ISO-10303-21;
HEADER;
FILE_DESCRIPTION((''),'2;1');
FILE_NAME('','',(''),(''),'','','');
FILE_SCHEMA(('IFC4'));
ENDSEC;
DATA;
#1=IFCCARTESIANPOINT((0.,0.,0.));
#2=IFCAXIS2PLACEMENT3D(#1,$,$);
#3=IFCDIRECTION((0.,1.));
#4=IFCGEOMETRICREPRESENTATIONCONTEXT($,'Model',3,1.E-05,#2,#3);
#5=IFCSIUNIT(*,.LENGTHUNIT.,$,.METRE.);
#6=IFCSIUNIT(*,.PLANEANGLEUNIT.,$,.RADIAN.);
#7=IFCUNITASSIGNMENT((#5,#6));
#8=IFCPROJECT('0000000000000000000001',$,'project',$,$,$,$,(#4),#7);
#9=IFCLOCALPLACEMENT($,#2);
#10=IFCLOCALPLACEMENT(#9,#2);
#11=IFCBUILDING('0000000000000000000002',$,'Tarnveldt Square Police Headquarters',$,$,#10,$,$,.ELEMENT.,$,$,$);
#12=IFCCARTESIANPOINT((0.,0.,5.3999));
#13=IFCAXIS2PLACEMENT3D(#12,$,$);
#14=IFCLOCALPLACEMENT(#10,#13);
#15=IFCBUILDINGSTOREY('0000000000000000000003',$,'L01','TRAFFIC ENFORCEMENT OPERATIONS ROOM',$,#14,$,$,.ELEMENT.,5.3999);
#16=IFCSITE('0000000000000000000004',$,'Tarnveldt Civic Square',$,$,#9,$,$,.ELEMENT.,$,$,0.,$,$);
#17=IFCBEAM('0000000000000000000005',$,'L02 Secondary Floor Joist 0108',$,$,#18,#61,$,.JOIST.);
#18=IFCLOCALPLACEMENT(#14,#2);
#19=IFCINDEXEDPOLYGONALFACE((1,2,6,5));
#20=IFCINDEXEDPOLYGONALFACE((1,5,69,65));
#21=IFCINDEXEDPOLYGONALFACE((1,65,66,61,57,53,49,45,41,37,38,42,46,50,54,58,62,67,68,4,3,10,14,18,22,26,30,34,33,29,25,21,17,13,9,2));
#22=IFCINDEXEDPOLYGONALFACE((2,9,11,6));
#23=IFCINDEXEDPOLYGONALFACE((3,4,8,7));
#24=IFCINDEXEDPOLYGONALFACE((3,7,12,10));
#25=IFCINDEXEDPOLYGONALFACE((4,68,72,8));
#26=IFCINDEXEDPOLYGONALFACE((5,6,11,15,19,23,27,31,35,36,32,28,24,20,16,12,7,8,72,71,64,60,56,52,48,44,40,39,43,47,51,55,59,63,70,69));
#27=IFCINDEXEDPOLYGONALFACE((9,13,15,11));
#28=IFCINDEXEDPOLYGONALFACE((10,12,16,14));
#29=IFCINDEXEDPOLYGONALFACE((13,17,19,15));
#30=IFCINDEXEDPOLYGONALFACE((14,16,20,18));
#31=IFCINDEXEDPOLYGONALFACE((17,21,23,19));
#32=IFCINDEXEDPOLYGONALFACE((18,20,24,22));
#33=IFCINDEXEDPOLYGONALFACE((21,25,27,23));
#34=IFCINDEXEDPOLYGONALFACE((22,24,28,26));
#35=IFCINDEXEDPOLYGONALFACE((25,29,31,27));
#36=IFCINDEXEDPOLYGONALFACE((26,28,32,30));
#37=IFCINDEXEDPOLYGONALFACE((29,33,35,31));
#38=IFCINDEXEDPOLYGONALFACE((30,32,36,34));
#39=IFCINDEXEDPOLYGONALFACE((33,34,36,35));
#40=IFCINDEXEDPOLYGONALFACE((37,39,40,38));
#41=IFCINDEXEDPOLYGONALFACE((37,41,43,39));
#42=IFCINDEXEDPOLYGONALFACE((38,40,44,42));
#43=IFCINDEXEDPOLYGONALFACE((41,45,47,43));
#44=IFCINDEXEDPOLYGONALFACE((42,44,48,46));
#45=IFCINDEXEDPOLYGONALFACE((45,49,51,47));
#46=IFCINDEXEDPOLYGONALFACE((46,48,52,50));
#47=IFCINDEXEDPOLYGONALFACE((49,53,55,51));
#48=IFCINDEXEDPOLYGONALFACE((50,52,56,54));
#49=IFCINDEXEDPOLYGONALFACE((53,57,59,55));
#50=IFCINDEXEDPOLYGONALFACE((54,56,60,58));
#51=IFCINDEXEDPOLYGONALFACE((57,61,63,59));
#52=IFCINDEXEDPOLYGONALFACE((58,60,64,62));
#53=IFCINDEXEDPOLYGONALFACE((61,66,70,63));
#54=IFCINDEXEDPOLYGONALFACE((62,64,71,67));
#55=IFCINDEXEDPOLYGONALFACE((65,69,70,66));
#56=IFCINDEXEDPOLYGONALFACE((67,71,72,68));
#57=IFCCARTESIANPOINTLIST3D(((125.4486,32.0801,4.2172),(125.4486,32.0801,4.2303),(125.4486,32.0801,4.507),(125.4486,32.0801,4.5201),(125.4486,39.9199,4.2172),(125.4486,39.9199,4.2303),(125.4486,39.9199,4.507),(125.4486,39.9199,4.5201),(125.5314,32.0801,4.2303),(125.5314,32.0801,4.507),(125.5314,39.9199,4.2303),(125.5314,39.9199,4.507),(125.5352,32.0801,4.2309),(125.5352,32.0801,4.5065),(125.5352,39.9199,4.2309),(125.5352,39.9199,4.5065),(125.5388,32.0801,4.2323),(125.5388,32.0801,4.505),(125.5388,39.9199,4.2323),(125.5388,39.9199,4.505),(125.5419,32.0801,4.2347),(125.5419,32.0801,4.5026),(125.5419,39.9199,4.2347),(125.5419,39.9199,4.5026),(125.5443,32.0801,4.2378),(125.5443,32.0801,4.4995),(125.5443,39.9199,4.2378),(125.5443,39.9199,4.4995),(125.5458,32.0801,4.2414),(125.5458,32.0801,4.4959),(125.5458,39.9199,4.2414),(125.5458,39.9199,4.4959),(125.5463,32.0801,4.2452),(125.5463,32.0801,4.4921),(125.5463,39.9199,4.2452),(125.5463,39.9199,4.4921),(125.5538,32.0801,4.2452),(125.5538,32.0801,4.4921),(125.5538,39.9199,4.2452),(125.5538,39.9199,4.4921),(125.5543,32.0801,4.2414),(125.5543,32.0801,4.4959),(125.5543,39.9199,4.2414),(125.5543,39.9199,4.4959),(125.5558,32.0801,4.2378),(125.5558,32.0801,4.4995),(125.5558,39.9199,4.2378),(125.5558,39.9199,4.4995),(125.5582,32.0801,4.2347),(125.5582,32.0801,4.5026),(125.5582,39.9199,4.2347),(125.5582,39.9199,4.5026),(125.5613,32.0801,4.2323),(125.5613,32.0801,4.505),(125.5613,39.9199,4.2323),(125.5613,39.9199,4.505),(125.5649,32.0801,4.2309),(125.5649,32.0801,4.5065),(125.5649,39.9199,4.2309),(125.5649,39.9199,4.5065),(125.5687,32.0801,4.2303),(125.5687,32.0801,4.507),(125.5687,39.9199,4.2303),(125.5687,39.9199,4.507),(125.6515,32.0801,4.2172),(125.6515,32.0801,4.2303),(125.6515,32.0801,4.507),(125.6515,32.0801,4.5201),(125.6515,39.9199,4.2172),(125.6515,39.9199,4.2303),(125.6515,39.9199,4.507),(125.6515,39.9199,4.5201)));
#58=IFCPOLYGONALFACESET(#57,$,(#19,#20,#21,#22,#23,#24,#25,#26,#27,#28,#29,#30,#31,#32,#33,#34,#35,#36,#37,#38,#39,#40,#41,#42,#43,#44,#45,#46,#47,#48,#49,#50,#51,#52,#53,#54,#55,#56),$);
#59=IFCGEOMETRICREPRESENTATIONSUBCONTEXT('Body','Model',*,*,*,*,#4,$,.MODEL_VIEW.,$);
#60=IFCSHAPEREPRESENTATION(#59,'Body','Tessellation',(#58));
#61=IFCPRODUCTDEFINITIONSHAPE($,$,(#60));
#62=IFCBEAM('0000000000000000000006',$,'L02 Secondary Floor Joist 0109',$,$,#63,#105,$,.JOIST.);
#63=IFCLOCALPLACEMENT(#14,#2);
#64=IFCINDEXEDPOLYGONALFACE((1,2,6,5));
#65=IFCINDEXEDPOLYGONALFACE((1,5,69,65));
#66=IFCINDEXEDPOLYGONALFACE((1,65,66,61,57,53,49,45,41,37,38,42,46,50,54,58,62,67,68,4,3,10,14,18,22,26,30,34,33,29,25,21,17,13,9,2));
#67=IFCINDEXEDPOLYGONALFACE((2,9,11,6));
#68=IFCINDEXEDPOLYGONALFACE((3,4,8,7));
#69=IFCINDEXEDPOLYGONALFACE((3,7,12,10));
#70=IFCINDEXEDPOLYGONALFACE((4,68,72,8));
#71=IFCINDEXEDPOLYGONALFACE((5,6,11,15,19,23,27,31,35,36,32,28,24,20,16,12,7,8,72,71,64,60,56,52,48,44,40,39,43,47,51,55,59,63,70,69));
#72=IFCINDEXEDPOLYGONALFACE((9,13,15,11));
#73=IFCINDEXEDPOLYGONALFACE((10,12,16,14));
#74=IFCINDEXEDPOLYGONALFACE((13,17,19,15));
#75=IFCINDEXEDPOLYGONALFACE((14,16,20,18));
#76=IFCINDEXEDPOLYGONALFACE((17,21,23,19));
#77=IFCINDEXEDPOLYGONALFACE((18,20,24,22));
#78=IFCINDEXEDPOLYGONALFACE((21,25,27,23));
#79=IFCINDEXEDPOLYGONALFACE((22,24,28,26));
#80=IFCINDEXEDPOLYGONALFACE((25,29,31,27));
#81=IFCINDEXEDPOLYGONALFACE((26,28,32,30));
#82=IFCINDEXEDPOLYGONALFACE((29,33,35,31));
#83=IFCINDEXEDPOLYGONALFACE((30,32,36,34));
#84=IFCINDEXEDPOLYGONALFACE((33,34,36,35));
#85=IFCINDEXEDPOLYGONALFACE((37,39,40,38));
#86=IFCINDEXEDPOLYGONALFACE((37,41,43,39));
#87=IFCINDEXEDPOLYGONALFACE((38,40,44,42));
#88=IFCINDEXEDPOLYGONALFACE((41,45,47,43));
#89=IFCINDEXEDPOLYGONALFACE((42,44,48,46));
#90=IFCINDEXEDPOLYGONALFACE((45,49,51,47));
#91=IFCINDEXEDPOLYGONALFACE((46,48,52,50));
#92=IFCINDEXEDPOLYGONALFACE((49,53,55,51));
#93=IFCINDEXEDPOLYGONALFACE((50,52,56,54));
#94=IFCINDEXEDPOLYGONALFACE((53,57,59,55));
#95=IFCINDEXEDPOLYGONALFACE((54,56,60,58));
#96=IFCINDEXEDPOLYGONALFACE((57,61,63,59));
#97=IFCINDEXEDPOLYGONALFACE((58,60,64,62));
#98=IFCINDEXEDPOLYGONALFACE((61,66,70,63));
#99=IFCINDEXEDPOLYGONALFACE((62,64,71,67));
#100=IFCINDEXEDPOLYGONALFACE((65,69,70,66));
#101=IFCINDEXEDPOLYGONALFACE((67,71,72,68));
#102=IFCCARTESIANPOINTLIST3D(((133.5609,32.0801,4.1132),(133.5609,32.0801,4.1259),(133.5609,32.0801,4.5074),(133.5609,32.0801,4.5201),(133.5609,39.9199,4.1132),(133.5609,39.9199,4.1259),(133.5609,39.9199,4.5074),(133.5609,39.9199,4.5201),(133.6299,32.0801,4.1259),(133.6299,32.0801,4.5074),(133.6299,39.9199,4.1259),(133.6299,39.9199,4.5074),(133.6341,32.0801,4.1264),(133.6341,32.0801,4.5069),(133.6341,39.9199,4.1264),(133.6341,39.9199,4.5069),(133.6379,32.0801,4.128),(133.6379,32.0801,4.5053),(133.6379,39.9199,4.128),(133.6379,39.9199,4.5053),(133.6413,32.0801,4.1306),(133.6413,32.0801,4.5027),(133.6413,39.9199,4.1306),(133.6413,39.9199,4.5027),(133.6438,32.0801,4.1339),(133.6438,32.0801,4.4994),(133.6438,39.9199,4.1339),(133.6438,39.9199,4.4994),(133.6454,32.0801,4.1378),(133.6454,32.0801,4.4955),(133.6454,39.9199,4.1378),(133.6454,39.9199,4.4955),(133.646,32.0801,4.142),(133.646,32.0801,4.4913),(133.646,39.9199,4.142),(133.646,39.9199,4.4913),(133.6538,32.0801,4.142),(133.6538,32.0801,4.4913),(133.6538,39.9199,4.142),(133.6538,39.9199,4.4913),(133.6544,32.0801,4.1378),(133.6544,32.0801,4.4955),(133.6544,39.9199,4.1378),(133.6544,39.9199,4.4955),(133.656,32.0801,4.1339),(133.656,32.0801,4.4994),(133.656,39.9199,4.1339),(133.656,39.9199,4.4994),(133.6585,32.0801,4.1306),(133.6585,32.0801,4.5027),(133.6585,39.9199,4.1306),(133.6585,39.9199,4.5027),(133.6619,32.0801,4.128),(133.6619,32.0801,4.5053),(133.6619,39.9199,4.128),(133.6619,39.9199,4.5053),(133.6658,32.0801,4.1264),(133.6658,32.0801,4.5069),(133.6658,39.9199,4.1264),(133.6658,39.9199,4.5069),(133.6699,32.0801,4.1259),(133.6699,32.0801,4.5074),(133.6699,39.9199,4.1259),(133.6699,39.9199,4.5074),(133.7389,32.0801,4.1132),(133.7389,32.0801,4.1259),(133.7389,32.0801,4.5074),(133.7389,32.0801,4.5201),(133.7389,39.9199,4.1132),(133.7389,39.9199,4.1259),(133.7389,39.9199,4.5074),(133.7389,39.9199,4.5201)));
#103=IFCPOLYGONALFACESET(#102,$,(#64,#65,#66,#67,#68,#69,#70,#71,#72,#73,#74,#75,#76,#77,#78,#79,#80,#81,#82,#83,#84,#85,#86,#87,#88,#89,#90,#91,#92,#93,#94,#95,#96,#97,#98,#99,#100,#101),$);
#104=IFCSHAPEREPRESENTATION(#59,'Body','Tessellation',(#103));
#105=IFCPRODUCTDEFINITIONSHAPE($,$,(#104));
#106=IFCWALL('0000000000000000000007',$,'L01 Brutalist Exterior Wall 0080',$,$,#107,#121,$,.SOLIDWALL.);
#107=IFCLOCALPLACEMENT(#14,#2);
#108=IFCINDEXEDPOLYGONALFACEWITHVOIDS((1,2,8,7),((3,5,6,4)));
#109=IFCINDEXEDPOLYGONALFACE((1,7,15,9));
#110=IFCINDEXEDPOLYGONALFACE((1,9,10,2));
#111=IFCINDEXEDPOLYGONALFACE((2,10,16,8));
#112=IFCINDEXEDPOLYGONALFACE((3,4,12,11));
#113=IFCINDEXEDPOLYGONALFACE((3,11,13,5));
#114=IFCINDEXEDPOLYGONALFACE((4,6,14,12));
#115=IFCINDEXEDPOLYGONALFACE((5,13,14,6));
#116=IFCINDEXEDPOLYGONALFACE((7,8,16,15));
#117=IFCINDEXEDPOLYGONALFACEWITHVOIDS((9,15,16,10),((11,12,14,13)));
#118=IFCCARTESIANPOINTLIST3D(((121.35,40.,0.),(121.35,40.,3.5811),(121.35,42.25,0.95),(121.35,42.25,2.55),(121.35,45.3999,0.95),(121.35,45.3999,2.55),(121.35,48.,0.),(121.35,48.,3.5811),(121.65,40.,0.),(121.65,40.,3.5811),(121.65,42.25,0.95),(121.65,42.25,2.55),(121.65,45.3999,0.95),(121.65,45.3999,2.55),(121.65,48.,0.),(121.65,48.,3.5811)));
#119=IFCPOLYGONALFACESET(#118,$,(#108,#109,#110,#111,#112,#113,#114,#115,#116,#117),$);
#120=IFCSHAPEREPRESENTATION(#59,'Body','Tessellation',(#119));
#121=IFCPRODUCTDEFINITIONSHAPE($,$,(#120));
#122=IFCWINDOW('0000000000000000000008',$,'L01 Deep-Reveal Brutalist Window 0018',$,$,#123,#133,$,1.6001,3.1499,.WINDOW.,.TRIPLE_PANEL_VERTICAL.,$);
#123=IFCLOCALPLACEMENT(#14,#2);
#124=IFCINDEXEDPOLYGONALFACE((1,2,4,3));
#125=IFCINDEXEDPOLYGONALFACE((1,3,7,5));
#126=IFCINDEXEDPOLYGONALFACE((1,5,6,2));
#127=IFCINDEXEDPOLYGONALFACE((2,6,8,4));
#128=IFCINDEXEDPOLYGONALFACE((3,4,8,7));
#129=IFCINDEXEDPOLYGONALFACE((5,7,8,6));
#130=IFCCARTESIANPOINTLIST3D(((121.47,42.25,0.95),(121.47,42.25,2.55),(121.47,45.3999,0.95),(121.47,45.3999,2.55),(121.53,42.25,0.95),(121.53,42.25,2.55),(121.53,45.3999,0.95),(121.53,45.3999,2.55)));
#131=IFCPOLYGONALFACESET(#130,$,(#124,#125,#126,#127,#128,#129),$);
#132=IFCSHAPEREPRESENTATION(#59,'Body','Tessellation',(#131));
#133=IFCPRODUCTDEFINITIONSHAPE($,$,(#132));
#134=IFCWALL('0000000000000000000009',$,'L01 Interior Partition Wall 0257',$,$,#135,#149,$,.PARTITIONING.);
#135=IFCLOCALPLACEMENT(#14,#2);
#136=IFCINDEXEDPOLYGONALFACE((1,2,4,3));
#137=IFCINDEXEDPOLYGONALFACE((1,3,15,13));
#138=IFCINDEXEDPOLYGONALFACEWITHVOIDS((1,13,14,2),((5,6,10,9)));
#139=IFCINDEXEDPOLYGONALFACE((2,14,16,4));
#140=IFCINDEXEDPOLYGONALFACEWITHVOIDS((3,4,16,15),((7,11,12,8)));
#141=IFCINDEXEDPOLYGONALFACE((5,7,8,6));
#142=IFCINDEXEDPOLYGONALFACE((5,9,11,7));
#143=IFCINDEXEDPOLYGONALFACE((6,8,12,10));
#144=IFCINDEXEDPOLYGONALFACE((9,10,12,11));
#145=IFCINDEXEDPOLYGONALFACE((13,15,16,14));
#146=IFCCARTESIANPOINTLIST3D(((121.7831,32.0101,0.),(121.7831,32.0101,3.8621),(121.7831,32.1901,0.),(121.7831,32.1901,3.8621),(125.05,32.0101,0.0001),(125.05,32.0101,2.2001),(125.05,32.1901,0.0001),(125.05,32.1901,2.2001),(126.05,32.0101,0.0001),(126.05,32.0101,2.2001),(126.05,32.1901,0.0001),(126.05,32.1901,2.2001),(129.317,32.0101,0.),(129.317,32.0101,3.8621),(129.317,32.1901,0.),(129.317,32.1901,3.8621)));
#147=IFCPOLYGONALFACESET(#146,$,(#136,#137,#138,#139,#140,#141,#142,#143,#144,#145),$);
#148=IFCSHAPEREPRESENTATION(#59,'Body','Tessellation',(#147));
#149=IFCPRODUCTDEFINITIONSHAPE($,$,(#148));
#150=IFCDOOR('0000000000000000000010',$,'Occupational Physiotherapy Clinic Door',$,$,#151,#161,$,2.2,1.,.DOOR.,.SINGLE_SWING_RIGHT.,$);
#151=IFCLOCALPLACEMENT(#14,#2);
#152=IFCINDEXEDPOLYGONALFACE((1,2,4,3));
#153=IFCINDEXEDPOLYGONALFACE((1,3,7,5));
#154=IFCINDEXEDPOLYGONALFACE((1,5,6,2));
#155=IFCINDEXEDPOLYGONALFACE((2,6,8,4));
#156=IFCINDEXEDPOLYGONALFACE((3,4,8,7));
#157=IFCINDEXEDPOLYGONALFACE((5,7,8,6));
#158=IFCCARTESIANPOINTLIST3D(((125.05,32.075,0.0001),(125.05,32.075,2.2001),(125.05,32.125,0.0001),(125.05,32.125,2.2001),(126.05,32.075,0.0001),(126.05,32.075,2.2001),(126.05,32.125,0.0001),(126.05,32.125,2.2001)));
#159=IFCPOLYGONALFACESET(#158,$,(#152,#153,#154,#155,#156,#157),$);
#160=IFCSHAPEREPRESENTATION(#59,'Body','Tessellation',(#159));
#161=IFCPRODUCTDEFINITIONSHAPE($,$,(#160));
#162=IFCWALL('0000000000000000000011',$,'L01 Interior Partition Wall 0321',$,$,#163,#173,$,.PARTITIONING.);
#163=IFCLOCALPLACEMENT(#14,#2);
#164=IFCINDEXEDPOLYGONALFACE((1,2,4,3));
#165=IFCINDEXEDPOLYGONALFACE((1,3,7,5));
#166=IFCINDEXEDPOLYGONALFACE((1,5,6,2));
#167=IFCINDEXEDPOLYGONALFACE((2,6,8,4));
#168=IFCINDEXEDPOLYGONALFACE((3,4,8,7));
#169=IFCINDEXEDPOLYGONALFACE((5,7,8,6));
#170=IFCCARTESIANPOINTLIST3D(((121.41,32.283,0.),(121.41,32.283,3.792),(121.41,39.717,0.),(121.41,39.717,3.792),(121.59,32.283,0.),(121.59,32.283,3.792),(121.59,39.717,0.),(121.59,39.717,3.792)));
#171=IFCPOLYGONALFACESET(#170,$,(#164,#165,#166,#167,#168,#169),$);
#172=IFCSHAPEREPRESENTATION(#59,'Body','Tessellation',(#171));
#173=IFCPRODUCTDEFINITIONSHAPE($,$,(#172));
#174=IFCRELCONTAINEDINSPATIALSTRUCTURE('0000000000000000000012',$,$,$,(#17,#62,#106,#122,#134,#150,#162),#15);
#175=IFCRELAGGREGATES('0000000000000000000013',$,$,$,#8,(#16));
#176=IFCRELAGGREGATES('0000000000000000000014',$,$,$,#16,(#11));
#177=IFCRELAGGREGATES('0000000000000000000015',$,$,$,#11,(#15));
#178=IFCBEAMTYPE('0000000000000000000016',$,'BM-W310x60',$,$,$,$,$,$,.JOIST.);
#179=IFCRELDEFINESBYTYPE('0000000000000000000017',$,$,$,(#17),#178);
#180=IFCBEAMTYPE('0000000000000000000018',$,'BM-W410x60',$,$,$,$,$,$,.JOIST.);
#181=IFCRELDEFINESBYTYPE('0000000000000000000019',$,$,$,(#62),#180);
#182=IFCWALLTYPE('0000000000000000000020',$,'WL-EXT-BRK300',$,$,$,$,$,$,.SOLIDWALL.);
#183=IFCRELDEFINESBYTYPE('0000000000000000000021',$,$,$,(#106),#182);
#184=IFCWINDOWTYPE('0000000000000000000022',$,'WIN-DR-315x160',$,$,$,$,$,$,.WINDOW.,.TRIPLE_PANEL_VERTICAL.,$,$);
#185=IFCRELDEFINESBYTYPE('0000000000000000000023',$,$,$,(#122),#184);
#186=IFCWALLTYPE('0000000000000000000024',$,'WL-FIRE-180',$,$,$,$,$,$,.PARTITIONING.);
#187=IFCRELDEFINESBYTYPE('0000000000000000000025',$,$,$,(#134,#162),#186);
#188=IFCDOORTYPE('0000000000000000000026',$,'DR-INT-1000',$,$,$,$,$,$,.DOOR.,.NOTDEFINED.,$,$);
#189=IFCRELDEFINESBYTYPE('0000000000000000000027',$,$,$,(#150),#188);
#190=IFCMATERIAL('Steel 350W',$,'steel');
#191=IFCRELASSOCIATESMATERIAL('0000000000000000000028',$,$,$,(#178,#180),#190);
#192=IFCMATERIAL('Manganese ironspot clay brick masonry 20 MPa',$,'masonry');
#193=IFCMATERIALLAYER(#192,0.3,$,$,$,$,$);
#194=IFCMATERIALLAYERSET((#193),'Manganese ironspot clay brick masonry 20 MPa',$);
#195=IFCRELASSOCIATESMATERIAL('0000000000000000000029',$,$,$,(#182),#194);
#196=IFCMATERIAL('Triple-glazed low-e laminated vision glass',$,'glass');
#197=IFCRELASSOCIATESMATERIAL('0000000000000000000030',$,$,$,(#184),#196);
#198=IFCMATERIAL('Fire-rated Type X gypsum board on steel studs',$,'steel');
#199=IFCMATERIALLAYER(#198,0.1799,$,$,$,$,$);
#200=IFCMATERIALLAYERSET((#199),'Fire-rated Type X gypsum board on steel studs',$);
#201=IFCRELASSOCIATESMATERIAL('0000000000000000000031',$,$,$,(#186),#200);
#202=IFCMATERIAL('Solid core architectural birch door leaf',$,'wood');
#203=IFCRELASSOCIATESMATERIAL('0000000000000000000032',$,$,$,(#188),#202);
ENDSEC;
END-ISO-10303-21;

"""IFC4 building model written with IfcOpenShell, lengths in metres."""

from ifc_helpers import new_model, si_unit, direction, frame, frame_2d, origin, origin_2d, place, context, subcontext, project, spatial, rectangle, i_section, extrude, material, layer, layer_set, material_profile, profile_set, type_object, element, fill, save


model = new_model("IFC4")

# Units and contexts
model_context = context("Model", 3, precision=1e-05, world=origin(), true_north=direction((0.0, 1.0)))
body_context = subcontext(model_context, "Body", "Model", "MODEL_VIEW")
ifc_project = project(units=[si_unit("LENGTHUNIT", "METRE"), si_unit("PLANEANGLEUNIT", "RADIAN")], contexts=[model_context])

# Site, building, storey
site_placement = place(None, origin())
site = spatial("IfcSite", under=ifc_project, at=site_placement, Name="Tarnveldt Civic Square", CompositionType="ELEMENT", RefElevation=0.0)
building_placement = place(site_placement, origin())
building = spatial("IfcBuilding", under=site, at=building_placement, Name="Tarnveldt Square Police Headquarters", CompositionType="ELEMENT")
storey_placement = place(building_placement, frame((0.0, 0.0, 5.3999)))
storey = spatial("IfcBuildingStorey", under=building, at=storey_placement, Name="L01", Description="TRAFFIC ENFORCEMENT OPERATIONS ROOM", CompositionType="ELEMENT", Elevation=5.3999)

# Shared definitions
ifc_material_1 = material(Name="Steel 350W", Category="steel")

# Beams
ifc_material_profile_1 = material_profile(ifc_material_1, i_section(OverallWidth=0.2029, OverallDepth=0.303, WebThickness=0.0076, FlangeThickness=0.0132, FilletRadius=0.0149, at=origin_2d()), Name="W310x60")
ifc_profile_set_1 = profile_set([ifc_material_profile_1], Name="Steel 350W")
beam_type_1 = type_object("IfcBeamType", Name="BM-W310x60", PredefinedType="JOIST", material=ifc_profile_set_1)
beam_1_placement = place(storey_placement, frame((125.55, 32.0801, 4.3687), z_axis=(0.0, 1.0, 0.0), x_axis=(-1.0, 0.0, 0.0)))
element("IfcBeam", 1, at=beam_1_placement, inside=storey, type_object=beam_type_1, Name="L02 Secondary Floor Joist 0108", PredefinedType="JOIST", context=body_context, shape_type="SweptSolid", body=[
    extrude(i_section(OverallWidth=0.2029, OverallDepth=0.303, WebThickness=0.0076, FlangeThickness=0.0132, FilletRadius=0.0149, at=origin_2d()), origin(), (0.0, 0.0, 1.0), 7.8398),
])
ifc_material_profile_2 = material_profile(ifc_material_1, i_section(OverallWidth=0.178, OverallDepth=0.407, WebThickness=0.0078, FlangeThickness=0.0127, FilletRadius=0.0161, at=origin_2d()), Name="W410x60")
ifc_profile_set_2 = profile_set([ifc_material_profile_2], Name="Steel 350W")
beam_type_2 = type_object("IfcBeamType", Name="BM-W410x60", PredefinedType="JOIST", material=ifc_profile_set_2)
beam_2_placement = place(storey_placement, frame((133.6499, 32.0801, 4.3167), z_axis=(0.0, 1.0, 0.0), x_axis=(-1.0, 0.0, 0.0)))
element("IfcBeam", 2, at=beam_2_placement, inside=storey, type_object=beam_type_2, Name="L02 Secondary Floor Joist 0109", PredefinedType="JOIST", context=body_context, shape_type="SweptSolid", body=[
    extrude(i_section(OverallWidth=0.178, OverallDepth=0.407, WebThickness=0.0078, FlangeThickness=0.0127, FilletRadius=0.0161, at=origin_2d()), origin(), (0.0, 0.0, 1.0), 7.8398),
])

# Wall, opening, window
ifc_material_2 = material(Name="Manganese ironspot clay brick masonry 20 MPa", Category="masonry")
ifc_layer_1 = layer(ifc_material_2, 0.3)
ifc_layer_set_1 = layer_set([ifc_layer_1], Name="Manganese ironspot clay brick masonry 20 MPa")
wall_type_1 = type_object("IfcWallType", Name="WL-EXT-BRK300", PredefinedType="SOLIDWALL", material=ifc_layer_set_1)
wall_1_placement = place(storey_placement, frame((121.5, 40.0, 0.0), z_axis=(0.0, 0.0, 1.0), x_axis=(0.0, 1.0, 0.0)))
wall_1 = element("IfcWall", 3, at=wall_1_placement, inside=storey, type_object=wall_type_1, Name="L01 Brutalist Exterior Wall 0080", PredefinedType="SOLIDWALL", context=body_context, shape_type="SweptSolid", body=[
    extrude(rectangle(XDim=8.0, YDim=0.3, at=frame_2d((4.0, 0.0))), origin(), (0.0, 0.0, 1.0), 3.5811),
])
opening_1_placement = place(wall_1_placement, frame((2.25, 0.0, 0.95)))
opening_1 = element("IfcOpeningElement", 4, at=opening_1_placement, cuts=wall_1, PredefinedType="OPENING", context=body_context, shape_type="SweptSolid", body=[
    extrude(rectangle(XDim=3.1499, YDim=1.6001, at=frame_2d((1.575, 0.8))), frame((0.0, 0.1599, 0.0), z_axis=(0.0, -1.0, 0.0), x_axis=(1.0, 0.0, 0.0)), (0.0, 0.0, 1.0), 0.3201),
])
ifc_material_3 = material(Name="Triple-glazed low-e laminated vision glass", Category="glass")
window_type = type_object("IfcWindowType", Name="WIN-DR-315x160", PartitioningType="TRIPLE_PANEL_VERTICAL", PredefinedType="WINDOW", material=ifc_material_3)
window_placement = place(opening_1_placement, origin())
window = element("IfcWindow", 5, at=window_placement, inside=storey, type_object=window_type, Name="L01 Deep-Reveal Brutalist Window 0018", OverallHeight=1.6001, OverallWidth=3.1499, PartitioningType="TRIPLE_PANEL_VERTICAL", PredefinedType="WINDOW", context=body_context, shape_type="SweptSolid", body=[
    extrude(rectangle(XDim=3.1499, YDim=1.6001, at=frame_2d((1.575, 0.8))), frame((0.0, 0.03, 0.0), z_axis=(0.0, -1.0, 0.0), x_axis=(1.0, 0.0, 0.0)), (0.0, 0.0, 1.0), 0.0601),
])
fill(opening_1, window)

# Wall, opening, door
ifc_material_4 = material(Name="Fire-rated Type X gypsum board on steel studs", Category="steel")
ifc_layer_2 = layer(ifc_material_4, 0.1799)
ifc_layer_set_2 = layer_set([ifc_layer_2], Name="Fire-rated Type X gypsum board on steel studs")
wall_type_2 = type_object("IfcWallType", Name="WL-FIRE-180", PredefinedType="PARTITIONING", material=ifc_layer_set_2)
wall_2_placement = place(storey_placement, frame((121.783, 32.1001, 0.0), z_axis=(0.0, 0.0, 1.0), x_axis=(1.0, 0.0, 0.0)))
wall_2 = element("IfcWall", 6, at=wall_2_placement, inside=storey, type_object=wall_type_2, Name="L01 Interior Partition Wall 0257", PredefinedType="PARTITIONING", context=body_context, shape_type="SweptSolid", body=[
    extrude(rectangle(XDim=7.5339, YDim=0.1799, at=frame_2d((3.7671, 0.0))), origin(), (0.0, 0.0, 1.0), 3.8621),
])
opening_2_placement = place(wall_2_placement, frame((3.2671, 0.0, 0.0)))
opening_2 = element("IfcOpeningElement", 7, at=opening_2_placement, cuts=wall_2, PredefinedType="OPENING", context=body_context, shape_type="SweptSolid", body=[
    extrude(rectangle(XDim=1.0, YDim=2.2, at=frame_2d((0.5, 1.1001))), frame((0.0, 0.0999, 0.0), z_axis=(0.0, -1.0, 0.0), x_axis=(1.0, 0.0, 0.0)), (0.0, 0.0, 1.0), 0.2),
])
ifc_material_5 = material(Name="Solid core architectural birch door leaf", Category="wood")
door_type = type_object("IfcDoorType", Name="DR-INT-1000", OperationType="NOTDEFINED", PredefinedType="DOOR", material=ifc_material_5)
door_placement = place(opening_2_placement, origin())
door = element("IfcDoor", 8, at=door_placement, inside=storey, type_object=door_type, Name="Occupational Physiotherapy Clinic Door", OperationType="SINGLE_SWING_RIGHT", OverallHeight=2.2, OverallWidth=1.0, PredefinedType="DOOR", context=body_context, shape_type="SweptSolid", body=[
    extrude(rectangle(XDim=1.0, YDim=2.2, at=frame_2d((0.5, 1.1001))), frame((0.0, 0.0249, 0.0), z_axis=(0.0, -1.0, 0.0), x_axis=(1.0, 0.0, 0.0)), (0.0, 0.0, 1.0), 0.05),
])
fill(opening_2, door)

# Wall
wall_3_placement = place(storey_placement, frame((121.5, 32.283, 0.0), z_axis=(0.0, 0.0, 1.0), x_axis=(0.0, 1.0, 0.0)))
element("IfcWall", 9, at=wall_3_placement, inside=storey, type_object=wall_type_2, Name="L01 Interior Partition Wall 0321", PredefinedType="PARTITIONING", context=body_context, shape_type="SweptSolid", body=[
    extrude(rectangle(XDim=7.4341, YDim=0.1799, at=frame_2d((3.717, 0.0))), origin(), (0.0, 0.0, 1.0), 3.792),
])

save(model, "model.ifc")
